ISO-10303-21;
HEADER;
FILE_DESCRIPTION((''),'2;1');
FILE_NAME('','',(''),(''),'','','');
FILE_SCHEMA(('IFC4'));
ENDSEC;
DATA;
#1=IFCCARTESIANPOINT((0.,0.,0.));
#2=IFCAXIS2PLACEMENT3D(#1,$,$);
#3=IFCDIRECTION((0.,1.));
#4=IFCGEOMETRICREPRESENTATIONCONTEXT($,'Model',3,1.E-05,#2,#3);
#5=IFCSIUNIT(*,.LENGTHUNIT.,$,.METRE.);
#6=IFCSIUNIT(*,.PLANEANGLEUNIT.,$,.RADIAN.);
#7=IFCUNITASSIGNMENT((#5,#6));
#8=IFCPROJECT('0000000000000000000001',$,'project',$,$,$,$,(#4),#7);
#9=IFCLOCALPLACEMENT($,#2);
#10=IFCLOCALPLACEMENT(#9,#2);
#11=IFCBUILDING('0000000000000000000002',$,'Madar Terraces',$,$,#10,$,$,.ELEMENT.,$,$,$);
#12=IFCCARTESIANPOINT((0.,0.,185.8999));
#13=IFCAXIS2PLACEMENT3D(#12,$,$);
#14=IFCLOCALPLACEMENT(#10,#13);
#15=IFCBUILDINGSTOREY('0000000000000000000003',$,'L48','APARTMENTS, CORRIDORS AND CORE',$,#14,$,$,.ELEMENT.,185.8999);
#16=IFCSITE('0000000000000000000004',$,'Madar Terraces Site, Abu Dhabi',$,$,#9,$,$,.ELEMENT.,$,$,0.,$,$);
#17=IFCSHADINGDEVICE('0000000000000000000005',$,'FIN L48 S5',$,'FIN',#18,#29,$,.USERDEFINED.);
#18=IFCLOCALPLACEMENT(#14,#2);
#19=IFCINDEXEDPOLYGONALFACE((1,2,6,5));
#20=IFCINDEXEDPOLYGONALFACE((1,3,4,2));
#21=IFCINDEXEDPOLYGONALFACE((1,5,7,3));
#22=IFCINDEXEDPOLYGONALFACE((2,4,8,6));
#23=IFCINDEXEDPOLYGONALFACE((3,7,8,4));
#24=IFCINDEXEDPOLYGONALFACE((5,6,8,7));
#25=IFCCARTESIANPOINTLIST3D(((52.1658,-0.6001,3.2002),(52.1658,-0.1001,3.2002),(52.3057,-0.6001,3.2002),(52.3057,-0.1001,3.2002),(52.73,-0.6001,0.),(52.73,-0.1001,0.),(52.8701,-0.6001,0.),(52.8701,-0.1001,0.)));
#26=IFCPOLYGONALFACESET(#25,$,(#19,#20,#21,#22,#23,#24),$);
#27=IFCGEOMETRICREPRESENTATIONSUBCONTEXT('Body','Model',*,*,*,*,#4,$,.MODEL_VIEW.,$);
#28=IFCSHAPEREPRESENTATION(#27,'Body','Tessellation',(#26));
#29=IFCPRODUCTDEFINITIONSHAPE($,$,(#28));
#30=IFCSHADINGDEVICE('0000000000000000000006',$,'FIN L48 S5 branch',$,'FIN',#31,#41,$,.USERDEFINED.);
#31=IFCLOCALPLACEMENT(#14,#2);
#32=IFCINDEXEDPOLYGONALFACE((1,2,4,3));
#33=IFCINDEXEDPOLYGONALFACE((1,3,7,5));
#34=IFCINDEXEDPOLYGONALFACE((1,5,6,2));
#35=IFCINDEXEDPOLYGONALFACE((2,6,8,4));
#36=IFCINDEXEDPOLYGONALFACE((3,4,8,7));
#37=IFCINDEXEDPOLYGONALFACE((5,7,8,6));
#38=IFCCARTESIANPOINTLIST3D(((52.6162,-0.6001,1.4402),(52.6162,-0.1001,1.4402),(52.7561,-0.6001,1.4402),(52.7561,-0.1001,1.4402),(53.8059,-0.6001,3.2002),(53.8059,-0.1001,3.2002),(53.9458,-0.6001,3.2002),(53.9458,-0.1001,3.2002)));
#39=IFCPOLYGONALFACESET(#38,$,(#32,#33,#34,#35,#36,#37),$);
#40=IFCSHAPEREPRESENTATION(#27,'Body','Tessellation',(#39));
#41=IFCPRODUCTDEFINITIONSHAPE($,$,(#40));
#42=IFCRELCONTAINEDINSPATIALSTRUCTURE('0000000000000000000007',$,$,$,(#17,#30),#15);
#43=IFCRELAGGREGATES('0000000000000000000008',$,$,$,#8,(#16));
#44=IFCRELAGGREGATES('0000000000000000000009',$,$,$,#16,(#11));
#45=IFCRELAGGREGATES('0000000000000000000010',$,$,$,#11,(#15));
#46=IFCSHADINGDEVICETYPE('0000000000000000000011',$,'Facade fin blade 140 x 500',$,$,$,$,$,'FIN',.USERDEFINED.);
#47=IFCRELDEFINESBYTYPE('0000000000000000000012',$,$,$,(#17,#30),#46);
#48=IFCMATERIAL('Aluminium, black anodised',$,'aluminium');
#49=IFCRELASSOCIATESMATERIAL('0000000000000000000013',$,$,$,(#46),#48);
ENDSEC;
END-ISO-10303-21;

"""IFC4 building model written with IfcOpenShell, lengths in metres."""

from ifc_helpers import new_model, si_unit, direction, frame, origin, place, context, subcontext, project, spatial, polyline, outline, extrude, material, type_object, element, save


model = new_model("IFC4")

# Units and contexts
model_context = context("Model", 3, precision=1e-05, world=origin(), true_north=direction((0.0, 1.0)))
body_context = subcontext(model_context, "Body", "Model", "MODEL_VIEW")
ifc_project = project(units=[si_unit("LENGTHUNIT", "METRE"), si_unit("PLANEANGLEUNIT", "RADIAN")], contexts=[model_context])

# Site, building, storey
site_placement = place(None, origin())
site = spatial("IfcSite", under=ifc_project, at=site_placement, Name="Madar Terraces Site, Abu Dhabi", CompositionType="ELEMENT", RefElevation=0.0)
building_placement = place(site_placement, origin())
building = spatial("IfcBuilding", under=site, at=building_placement, Name="Madar Terraces", CompositionType="ELEMENT")
storey_placement = place(building_placement, frame((0.0, 0.0, 185.8999)))
storey = spatial("IfcBuildingStorey", under=building, at=storey_placement, Name="L48", Description="APARTMENTS, CORRIDORS AND CORE", CompositionType="ELEMENT", Elevation=185.8999)

# Shading devices
ifc_material_1 = material(Name="Aluminium, black anodised", Category="aluminium")
shading_device_type = type_object("IfcShadingDeviceType", Name="Facade fin blade 140 x 500", ElementType="FIN", PredefinedType="USERDEFINED", material=ifc_material_1)
shading_device_1_placement = place(storey_placement, frame((52.73, -0.3501, 0.0), z_axis=(0.0, 0.0, 1.0), x_axis=(1.0, 0.0, 0.0)))
element("IfcShadingDevice", 1, at=shading_device_1_placement, inside=storey, type_object=shading_device_type, Name="FIN L48 S5", ObjectType="FIN", PredefinedType="USERDEFINED", context=body_context, shape_type="SweptSolid", body=[
    extrude(outline(polyline([(0.0, 0.0), (0.1401, 0.0), (-0.4243, 3.2002), (-0.5642, 3.2002), (0.0, 0.0)])), frame((0.0, 0.25, 0.0), z_axis=(0.0, -1.0, 0.0), x_axis=(1.0, 0.0, 0.0)), (0.0, 0.0, 1.0), 0.5),
])
shading_device_2_placement = place(storey_placement, frame((52.6162, -0.3501, 1.4402), z_axis=(0.0, 0.0, 1.0), x_axis=(1.0, 0.0, 0.0)))
element("IfcShadingDevice", 2, at=shading_device_2_placement, inside=storey, type_object=shading_device_type, Name="FIN L48 S5 branch", ObjectType="FIN", PredefinedType="USERDEFINED", context=body_context, shape_type="SweptSolid", body=[
    extrude(outline(polyline([(0.0, 0.0), (0.1399, 0.0), (1.3296, 1.76), (1.1897, 1.76), (0.0, 0.0)])), frame((0.0, 0.25, 0.0), z_axis=(0.0, -1.0, 0.0), x_axis=(1.0, 0.0, 0.0)), (0.0, 0.0, 1.0), 0.5),
])

save(model, "model.ifc")
